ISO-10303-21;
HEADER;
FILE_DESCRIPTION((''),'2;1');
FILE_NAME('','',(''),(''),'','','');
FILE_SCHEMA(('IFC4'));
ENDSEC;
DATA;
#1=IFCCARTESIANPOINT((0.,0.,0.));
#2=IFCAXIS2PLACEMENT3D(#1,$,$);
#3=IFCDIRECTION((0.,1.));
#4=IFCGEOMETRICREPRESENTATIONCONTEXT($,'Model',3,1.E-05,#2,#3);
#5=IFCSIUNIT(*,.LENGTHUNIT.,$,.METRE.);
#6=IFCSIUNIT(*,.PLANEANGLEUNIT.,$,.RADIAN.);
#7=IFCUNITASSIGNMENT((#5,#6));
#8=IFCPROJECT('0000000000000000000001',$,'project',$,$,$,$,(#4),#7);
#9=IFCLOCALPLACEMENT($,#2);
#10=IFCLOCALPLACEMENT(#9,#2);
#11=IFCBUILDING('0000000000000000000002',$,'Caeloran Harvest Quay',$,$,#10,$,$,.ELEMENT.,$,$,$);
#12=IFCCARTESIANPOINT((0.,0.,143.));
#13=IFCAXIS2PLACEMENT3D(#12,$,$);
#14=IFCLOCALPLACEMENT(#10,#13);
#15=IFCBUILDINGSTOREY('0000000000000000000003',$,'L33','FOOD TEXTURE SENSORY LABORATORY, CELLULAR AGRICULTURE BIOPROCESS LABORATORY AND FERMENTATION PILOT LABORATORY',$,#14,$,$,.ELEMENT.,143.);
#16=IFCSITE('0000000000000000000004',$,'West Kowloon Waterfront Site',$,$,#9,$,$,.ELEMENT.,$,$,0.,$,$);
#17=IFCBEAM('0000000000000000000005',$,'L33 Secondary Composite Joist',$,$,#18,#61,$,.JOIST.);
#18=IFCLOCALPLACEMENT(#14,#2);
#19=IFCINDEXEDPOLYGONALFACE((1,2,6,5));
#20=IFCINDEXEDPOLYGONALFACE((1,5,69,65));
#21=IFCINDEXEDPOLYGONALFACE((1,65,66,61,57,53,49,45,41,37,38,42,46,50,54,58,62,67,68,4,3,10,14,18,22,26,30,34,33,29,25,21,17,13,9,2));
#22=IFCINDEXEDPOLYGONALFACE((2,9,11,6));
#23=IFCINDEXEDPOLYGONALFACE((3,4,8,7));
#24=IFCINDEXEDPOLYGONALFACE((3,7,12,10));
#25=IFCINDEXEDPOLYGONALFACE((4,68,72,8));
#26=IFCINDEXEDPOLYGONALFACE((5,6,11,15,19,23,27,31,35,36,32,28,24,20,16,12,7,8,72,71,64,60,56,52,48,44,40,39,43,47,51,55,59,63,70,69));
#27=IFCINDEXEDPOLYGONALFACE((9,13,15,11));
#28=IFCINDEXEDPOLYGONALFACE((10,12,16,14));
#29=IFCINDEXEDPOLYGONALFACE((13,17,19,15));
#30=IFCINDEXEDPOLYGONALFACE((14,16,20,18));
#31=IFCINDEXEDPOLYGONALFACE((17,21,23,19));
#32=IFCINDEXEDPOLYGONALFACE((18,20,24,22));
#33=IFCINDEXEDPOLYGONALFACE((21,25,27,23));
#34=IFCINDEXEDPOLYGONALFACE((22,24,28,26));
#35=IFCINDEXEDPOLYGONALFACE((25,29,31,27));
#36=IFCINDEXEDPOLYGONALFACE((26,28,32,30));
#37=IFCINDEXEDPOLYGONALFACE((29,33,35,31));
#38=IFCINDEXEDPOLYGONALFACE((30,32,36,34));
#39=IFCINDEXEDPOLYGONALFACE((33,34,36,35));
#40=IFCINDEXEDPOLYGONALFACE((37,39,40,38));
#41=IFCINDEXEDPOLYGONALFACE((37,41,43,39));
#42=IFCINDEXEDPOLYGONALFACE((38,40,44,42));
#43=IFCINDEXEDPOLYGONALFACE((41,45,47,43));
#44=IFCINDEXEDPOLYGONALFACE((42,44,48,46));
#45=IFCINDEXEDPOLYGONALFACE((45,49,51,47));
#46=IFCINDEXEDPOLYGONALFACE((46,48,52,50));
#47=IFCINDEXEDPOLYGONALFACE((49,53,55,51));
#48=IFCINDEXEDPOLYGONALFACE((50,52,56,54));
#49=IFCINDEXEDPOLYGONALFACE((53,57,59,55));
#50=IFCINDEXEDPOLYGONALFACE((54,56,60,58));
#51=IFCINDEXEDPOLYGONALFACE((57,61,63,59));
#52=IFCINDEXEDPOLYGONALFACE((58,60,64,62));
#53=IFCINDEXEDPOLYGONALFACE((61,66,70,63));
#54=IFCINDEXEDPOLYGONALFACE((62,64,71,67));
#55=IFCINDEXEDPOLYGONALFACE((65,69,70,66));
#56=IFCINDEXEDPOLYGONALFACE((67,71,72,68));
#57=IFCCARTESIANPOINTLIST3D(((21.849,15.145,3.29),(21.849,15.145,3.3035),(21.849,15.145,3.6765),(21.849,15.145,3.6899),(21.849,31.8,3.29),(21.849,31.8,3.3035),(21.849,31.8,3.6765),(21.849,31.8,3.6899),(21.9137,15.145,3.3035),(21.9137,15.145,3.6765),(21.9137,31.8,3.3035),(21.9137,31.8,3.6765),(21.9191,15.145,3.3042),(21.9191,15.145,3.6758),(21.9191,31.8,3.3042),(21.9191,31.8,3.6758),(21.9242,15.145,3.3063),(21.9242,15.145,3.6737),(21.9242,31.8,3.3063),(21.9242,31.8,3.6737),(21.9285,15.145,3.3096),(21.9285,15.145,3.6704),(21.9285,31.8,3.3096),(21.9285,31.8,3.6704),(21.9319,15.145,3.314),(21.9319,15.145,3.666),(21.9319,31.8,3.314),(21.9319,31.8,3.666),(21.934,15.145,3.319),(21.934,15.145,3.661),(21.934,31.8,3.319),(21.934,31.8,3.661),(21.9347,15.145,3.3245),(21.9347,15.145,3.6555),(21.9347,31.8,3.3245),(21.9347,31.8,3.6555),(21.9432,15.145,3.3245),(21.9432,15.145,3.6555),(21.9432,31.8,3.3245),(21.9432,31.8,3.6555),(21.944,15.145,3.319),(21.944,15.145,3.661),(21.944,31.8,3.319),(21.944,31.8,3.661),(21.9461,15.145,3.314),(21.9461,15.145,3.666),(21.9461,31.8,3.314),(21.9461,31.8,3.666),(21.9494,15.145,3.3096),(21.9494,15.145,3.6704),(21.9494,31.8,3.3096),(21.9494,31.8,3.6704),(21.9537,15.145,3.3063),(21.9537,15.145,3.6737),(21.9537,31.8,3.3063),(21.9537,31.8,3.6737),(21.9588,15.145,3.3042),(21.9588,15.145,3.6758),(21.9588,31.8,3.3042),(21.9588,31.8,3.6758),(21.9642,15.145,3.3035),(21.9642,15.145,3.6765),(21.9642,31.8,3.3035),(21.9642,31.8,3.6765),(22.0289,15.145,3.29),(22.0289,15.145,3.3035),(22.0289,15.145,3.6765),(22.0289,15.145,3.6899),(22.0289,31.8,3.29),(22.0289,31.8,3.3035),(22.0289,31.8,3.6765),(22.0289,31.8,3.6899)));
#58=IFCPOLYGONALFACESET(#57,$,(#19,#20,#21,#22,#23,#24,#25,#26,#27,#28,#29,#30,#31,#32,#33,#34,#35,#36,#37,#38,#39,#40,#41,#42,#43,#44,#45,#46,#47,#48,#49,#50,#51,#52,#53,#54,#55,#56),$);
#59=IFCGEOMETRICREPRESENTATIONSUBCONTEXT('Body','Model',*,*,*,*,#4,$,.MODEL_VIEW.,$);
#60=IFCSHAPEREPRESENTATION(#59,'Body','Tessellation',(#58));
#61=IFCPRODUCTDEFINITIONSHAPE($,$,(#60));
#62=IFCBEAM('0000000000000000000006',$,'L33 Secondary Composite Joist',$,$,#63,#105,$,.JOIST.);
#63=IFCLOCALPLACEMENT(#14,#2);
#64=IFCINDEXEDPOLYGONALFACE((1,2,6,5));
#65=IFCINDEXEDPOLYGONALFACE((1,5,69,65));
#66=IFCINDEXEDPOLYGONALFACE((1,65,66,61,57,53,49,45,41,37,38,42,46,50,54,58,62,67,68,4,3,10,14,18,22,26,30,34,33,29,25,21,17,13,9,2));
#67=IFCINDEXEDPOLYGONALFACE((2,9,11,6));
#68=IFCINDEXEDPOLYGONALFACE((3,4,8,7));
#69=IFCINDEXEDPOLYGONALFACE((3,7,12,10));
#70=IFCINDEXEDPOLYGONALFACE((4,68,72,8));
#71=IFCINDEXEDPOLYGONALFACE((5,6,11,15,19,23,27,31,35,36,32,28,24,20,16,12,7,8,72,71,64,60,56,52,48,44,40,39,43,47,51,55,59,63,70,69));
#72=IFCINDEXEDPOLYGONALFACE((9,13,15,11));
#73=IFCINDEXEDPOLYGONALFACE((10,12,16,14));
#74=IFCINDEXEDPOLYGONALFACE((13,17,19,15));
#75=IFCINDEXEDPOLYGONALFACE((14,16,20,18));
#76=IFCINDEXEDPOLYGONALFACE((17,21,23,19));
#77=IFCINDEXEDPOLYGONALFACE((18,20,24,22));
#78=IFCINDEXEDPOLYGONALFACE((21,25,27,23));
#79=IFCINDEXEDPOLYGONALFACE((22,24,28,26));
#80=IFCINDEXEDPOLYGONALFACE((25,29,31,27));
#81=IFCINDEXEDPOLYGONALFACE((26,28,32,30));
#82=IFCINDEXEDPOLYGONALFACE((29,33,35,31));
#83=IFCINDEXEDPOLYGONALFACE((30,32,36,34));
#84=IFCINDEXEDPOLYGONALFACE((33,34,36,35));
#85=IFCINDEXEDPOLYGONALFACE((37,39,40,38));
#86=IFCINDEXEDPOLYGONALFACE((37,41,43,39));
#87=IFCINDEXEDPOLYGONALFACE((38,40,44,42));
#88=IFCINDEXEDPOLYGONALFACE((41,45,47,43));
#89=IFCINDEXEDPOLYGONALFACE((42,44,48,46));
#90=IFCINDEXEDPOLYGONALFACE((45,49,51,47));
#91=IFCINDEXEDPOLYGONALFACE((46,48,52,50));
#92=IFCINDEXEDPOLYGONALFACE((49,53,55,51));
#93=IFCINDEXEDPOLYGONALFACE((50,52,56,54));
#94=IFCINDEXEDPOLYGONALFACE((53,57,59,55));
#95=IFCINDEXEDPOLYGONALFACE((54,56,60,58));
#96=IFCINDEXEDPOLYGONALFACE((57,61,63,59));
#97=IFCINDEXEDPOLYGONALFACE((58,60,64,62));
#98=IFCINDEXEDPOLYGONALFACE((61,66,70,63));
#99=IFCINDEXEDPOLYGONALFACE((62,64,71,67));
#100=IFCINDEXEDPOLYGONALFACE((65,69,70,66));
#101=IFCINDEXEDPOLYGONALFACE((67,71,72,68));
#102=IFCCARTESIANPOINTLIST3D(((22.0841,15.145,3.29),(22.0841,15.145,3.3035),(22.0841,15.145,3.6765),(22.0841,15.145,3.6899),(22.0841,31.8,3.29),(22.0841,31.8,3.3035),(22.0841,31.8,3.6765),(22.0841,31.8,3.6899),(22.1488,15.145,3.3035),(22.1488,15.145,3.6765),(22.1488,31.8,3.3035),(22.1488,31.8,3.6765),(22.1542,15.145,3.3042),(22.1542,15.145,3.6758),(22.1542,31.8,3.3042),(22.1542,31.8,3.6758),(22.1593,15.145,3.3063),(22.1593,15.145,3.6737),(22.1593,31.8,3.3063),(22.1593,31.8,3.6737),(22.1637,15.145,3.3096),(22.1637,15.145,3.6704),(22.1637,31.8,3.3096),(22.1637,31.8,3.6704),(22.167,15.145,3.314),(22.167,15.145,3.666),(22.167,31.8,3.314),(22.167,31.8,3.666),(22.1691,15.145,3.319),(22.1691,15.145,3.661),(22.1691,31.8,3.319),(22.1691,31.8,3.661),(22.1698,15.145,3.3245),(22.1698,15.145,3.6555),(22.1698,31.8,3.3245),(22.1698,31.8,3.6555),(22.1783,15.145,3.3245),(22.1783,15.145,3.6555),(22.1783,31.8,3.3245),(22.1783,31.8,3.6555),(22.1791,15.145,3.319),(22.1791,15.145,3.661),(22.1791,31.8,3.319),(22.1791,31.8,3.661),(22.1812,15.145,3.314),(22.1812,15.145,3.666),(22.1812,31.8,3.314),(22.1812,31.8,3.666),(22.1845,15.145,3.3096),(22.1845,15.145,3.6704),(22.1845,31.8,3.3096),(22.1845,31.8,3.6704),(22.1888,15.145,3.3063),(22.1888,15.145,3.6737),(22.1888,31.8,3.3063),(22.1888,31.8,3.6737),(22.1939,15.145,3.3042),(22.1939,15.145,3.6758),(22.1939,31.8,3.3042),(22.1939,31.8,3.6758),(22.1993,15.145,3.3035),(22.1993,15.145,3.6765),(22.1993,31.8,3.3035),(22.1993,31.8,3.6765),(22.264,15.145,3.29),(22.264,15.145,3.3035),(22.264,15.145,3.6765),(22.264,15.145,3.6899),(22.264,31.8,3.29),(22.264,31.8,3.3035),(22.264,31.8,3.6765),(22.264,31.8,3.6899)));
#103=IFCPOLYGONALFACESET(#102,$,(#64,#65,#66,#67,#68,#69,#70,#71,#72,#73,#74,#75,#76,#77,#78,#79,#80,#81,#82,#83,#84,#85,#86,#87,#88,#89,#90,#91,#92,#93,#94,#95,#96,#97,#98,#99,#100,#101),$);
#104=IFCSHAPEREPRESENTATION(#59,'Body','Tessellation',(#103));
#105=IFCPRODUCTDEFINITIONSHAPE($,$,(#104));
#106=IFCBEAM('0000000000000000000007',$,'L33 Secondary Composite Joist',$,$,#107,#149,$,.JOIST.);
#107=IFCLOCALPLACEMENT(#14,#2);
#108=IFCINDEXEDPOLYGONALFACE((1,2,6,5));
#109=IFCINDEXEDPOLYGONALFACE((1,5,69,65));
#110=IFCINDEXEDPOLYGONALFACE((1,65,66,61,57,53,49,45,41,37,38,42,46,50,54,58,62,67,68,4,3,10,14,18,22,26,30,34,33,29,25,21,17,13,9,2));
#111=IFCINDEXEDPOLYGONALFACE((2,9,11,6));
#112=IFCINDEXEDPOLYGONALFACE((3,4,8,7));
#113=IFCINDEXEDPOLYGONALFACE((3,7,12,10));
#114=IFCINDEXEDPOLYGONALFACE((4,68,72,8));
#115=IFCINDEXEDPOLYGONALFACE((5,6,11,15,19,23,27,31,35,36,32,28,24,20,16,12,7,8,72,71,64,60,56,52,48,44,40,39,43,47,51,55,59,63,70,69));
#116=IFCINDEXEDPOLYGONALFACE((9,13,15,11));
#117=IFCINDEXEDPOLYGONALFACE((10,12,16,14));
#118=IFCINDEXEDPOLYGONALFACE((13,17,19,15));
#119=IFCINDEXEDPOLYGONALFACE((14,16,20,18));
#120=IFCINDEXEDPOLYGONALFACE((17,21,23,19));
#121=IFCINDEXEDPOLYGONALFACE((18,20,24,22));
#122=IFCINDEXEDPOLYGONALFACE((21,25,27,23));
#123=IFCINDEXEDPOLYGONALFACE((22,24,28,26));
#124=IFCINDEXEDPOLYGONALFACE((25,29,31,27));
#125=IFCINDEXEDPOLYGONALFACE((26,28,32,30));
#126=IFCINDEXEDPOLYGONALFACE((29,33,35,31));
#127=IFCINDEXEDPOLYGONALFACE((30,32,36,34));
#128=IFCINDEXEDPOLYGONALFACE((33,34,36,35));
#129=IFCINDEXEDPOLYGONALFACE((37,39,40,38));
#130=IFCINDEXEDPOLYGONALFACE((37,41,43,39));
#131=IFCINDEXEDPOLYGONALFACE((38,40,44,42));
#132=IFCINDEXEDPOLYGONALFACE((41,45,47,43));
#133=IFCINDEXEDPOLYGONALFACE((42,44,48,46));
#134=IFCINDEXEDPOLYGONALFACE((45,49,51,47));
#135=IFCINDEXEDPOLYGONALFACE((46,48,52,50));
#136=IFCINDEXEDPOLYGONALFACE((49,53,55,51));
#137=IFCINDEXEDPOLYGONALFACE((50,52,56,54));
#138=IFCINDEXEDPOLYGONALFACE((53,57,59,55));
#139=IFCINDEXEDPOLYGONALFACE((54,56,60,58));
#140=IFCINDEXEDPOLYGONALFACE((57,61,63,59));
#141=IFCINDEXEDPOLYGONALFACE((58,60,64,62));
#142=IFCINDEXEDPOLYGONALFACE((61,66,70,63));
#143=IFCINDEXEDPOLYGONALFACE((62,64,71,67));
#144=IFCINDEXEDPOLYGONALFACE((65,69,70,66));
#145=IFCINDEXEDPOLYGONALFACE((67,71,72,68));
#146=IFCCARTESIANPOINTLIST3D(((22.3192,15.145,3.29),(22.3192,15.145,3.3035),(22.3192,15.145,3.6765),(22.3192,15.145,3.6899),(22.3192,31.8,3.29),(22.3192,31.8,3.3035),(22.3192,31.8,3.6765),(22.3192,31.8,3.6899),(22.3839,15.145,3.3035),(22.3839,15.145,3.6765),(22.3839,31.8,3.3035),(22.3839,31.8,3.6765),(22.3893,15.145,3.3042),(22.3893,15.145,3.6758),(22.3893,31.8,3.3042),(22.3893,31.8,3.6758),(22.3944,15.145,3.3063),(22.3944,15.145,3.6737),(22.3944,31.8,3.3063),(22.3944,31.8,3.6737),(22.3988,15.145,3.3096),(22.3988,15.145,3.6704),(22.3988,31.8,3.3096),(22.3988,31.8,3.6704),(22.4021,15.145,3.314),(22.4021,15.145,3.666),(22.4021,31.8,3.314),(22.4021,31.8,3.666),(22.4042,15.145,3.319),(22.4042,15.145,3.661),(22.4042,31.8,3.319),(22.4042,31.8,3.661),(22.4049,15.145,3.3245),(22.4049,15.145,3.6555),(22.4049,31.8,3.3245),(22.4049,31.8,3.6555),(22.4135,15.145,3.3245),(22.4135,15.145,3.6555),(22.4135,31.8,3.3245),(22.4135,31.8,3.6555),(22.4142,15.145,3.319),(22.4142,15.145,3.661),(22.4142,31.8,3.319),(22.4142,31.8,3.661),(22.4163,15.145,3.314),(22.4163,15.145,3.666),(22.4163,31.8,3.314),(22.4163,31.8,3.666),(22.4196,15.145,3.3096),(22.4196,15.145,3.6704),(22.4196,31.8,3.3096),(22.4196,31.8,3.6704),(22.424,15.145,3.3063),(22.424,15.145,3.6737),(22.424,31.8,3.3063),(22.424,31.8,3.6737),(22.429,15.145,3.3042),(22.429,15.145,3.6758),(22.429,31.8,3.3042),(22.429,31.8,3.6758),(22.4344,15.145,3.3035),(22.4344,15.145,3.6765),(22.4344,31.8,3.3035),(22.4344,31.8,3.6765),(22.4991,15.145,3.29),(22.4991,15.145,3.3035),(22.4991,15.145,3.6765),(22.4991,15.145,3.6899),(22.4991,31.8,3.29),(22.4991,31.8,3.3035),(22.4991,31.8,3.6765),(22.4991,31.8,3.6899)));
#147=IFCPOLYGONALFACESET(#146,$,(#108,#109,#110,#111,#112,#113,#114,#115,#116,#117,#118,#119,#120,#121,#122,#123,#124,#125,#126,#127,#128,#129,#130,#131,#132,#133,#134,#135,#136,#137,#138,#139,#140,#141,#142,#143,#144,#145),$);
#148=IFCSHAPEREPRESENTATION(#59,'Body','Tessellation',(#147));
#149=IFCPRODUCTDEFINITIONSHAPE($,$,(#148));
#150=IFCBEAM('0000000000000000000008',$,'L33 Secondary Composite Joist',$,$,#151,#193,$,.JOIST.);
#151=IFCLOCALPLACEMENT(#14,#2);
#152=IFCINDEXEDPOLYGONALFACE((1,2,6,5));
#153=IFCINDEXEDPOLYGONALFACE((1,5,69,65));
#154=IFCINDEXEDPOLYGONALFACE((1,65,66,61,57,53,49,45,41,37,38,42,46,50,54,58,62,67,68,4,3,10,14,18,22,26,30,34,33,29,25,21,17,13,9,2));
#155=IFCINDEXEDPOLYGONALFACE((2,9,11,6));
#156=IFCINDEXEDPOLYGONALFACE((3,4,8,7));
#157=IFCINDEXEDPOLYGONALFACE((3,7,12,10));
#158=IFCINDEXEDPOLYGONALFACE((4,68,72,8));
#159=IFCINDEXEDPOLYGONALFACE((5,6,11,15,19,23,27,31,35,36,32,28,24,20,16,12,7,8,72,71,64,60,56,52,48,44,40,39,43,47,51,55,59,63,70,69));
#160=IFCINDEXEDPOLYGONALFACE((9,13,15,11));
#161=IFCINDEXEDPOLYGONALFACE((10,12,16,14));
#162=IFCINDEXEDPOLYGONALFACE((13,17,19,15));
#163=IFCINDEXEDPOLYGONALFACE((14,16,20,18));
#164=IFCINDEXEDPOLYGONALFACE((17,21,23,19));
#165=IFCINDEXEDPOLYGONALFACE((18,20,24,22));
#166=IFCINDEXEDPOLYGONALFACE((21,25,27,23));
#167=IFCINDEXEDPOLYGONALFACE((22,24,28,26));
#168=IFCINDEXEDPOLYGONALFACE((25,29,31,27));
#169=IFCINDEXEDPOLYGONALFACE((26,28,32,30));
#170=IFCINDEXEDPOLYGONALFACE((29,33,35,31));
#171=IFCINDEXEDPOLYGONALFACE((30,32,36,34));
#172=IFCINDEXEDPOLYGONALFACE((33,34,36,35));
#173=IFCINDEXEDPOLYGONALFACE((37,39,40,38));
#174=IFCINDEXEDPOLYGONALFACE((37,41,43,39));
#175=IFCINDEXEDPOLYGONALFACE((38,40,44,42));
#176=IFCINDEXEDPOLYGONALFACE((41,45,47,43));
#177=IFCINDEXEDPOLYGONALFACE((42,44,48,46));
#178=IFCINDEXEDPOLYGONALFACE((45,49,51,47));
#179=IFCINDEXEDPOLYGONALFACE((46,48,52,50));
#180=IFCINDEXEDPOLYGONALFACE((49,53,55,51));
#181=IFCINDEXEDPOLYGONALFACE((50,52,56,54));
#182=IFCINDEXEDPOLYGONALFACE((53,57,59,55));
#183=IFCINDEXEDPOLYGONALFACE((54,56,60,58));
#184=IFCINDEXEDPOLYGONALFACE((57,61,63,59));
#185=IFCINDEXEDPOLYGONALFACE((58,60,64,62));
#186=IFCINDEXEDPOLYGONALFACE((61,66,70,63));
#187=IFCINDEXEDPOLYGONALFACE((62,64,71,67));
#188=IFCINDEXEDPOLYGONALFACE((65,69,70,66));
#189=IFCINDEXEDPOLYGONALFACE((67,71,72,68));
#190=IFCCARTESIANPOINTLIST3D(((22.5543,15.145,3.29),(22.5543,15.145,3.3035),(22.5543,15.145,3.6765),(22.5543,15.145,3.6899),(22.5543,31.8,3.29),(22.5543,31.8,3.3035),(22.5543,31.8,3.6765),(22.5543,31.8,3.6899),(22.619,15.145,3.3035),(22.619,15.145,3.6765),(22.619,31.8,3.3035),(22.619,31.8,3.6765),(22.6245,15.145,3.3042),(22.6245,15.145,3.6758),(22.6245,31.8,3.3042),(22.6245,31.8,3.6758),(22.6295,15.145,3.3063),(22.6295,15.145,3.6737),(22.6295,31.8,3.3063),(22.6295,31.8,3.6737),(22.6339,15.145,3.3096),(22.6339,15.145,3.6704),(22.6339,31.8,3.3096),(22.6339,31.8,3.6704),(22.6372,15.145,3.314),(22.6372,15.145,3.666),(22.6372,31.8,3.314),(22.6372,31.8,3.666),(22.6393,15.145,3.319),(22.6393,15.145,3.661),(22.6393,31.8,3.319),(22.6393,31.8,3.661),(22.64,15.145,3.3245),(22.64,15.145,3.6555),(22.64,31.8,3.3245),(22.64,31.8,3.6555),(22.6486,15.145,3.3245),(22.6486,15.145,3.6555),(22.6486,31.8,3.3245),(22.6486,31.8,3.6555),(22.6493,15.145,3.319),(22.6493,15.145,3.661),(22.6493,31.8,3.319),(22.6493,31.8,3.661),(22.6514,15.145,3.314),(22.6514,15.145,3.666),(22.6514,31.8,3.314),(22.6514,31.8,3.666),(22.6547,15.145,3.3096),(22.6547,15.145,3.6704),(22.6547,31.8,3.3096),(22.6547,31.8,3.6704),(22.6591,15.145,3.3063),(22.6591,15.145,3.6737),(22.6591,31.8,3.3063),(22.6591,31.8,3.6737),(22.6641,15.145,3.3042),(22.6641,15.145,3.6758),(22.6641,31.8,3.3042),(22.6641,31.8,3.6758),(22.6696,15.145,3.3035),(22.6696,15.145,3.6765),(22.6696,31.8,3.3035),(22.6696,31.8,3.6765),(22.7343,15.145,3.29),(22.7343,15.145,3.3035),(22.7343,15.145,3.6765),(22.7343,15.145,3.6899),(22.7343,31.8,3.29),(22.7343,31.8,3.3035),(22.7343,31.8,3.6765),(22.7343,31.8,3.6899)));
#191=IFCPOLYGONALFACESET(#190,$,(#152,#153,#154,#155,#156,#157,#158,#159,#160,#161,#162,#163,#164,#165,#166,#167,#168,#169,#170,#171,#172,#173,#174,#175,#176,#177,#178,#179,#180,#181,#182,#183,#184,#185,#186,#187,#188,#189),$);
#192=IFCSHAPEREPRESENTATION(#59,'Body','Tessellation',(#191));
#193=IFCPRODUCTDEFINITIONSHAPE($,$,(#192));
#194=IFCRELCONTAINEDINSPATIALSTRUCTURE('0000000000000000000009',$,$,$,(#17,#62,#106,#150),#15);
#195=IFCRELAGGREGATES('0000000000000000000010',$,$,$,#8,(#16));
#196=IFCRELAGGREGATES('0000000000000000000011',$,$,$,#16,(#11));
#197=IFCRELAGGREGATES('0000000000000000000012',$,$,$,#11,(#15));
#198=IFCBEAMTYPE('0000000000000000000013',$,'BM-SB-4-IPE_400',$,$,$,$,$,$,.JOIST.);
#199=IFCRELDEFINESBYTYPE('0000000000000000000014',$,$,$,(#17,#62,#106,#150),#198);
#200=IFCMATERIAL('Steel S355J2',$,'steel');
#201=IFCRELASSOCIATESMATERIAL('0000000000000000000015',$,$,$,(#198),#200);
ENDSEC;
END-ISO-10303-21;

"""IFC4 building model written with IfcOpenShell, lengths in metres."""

from ifc_helpers import new_model, si_unit, direction, frame, origin, origin_2d, place, context, subcontext, project, spatial, i_section, extrude, material, material_profile, profile_set, type_object, element, save


model = new_model("IFC4")

# Units and contexts
model_context = context("Model", 3, precision=1e-05, world=origin(), true_north=direction((0.0, 1.0)))
body_context = subcontext(model_context, "Body", "Model", "MODEL_VIEW")
ifc_project = project(units=[si_unit("LENGTHUNIT", "METRE"), si_unit("PLANEANGLEUNIT", "RADIAN")], contexts=[model_context])

# Site, building, storey
site_placement = place(None, origin())
site = spatial("IfcSite", under=ifc_project, at=site_placement, Name="West Kowloon Waterfront Site", CompositionType="ELEMENT", RefElevation=0.0)
building_placement = place(site_placement, origin())
building = spatial("IfcBuilding", under=site, at=building_placement, Name="Caeloran Harvest Quay", CompositionType="ELEMENT")
storey_placement = place(building_placement, frame((0.0, 0.0, 143.0)))
storey = spatial("IfcBuildingStorey", under=building, at=storey_placement, Name="L33", Description="FOOD TEXTURE SENSORY LABORATORY, CELLULAR AGRICULTURE BIOPROCESS LABORATORY AND FERMENTATION PILOT LABORATORY", CompositionType="ELEMENT", Elevation=143.0)

# Beams
ifc_material_1 = material(Name="Steel S355J2", Category="steel")
ifc_material_profile_1 = material_profile(ifc_material_1, i_section(OverallWidth=0.1799, OverallDepth=0.3999, WebThickness=0.0085, FlangeThickness=0.0134, FilletRadius=0.021, at=origin_2d()), Name="IPE 400")
ifc_profile_set_1 = profile_set([ifc_material_profile_1], Name="Steel S355J2")
beam_type_1 = type_object("IfcBeamType", Name="BM-SB-4-IPE_400", PredefinedType="JOIST", material=ifc_profile_set_1)
for number, where, z_axis, x_axis, name in (
    (1, (21.939, 15.145, 3.49), (0.0, 1.0, 0.0), (-1.0, 0.0, 0.0), "L33 Secondary Composite Joist"),
    (2, (22.1741, 15.145, 3.49), (0.0, 1.0, 0.0), (-1.0, 0.0, 0.0), "L33 Secondary Composite Joist"),
    (3, (22.4092, 15.145, 3.49), (0.0, 1.0, 0.0), (-1.0, 0.0, 0.0), "L33 Secondary Composite Joist"),
    (4, (22.6443, 15.145, 3.49), (0.0, 1.0, 0.0), (-1.0, 0.0, 0.0), "L33 Secondary Composite Joist"),
):
    element("IfcBeam", number, at=place(storey_placement, frame(where, z_axis=z_axis, x_axis=x_axis)), inside=storey, type_object=beam_type_1, Name=name, PredefinedType="JOIST", context=body_context, shape_type="SweptSolid", body=[
        extrude(i_section(OverallWidth=0.1799, OverallDepth=0.3999, WebThickness=0.0085, FlangeThickness=0.0134, FilletRadius=0.021, at=origin_2d()), origin(), (0.0, 0.0, 1.0), 16.655),
    ])

save(model, "model.ifc")
